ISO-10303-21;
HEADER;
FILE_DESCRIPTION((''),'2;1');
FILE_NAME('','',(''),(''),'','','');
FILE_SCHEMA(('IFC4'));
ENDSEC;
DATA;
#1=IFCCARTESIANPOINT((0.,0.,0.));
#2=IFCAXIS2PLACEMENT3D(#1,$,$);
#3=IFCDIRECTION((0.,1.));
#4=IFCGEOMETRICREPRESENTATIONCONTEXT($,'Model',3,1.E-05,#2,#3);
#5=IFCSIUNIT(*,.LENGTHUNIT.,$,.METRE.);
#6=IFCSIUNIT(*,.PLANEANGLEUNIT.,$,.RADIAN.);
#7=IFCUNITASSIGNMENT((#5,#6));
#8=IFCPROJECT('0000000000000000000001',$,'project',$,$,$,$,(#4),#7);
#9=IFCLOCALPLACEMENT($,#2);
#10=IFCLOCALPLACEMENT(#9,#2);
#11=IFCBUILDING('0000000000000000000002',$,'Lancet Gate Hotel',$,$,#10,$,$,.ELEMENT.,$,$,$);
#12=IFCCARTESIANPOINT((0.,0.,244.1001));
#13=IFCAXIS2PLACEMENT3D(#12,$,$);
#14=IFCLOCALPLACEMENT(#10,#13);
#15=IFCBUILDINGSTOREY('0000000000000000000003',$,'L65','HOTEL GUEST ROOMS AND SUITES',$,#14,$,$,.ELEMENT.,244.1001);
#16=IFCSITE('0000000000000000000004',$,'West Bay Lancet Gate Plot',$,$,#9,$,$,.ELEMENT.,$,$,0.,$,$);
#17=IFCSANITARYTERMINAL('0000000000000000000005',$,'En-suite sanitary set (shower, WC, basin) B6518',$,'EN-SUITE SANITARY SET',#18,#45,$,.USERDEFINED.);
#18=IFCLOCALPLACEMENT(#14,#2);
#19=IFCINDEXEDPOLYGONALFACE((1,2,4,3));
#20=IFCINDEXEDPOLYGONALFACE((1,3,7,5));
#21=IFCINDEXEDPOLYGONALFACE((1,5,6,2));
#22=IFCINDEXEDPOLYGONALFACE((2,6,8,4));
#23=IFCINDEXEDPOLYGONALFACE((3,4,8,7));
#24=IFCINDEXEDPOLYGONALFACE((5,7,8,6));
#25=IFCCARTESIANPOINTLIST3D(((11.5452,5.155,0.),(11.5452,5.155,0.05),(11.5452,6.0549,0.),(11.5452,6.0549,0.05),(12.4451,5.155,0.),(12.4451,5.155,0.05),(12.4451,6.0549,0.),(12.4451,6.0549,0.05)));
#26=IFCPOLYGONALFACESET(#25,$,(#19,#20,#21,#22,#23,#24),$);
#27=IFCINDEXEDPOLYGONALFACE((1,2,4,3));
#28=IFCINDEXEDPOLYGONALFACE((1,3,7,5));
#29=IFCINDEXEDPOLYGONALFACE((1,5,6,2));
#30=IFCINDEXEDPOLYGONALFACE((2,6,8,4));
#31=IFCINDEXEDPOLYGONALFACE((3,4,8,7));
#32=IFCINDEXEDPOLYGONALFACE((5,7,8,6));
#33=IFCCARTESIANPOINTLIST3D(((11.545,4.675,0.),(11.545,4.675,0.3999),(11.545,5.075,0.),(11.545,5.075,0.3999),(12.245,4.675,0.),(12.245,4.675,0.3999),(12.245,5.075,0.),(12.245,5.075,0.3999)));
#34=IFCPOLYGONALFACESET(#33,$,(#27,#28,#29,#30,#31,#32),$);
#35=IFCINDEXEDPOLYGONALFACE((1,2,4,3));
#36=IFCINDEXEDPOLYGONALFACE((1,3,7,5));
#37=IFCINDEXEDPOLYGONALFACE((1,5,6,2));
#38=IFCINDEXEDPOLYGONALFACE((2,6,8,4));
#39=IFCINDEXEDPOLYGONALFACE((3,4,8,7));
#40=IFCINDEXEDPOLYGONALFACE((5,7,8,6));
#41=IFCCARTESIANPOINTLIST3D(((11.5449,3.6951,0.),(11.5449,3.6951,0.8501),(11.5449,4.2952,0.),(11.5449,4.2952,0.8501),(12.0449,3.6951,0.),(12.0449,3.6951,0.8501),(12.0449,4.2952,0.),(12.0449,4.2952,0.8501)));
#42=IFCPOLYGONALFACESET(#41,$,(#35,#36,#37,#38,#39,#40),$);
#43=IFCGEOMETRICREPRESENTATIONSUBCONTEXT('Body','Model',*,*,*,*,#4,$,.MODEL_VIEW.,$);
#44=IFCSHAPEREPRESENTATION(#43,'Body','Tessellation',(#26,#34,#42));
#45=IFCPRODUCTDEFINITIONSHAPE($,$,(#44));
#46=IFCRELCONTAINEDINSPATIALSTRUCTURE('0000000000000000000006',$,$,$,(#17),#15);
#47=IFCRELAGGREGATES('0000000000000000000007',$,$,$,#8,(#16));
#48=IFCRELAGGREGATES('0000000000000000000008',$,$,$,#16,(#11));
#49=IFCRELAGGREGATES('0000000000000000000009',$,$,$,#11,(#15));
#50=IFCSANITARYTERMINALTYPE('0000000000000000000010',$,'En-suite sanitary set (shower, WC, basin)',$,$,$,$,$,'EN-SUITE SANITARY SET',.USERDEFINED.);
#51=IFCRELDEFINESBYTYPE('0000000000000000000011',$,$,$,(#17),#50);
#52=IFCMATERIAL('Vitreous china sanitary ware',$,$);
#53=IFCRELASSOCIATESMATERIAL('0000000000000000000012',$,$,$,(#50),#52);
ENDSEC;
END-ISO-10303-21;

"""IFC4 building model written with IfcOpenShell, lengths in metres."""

from ifc_helpers import new_model, si_unit, direction, frame, origin, origin_2d, place, context, subcontext, project, spatial, rectangle, extrude, material, type_object, element, save


model = new_model("IFC4")

# Units and contexts
model_context = context("Model", 3, precision=1e-05, world=origin(), true_north=direction((0.0, 1.0)))
body_context = subcontext(model_context, "Body", "Model", "MODEL_VIEW")
ifc_project = project(units=[si_unit("LENGTHUNIT", "METRE"), si_unit("PLANEANGLEUNIT", "RADIAN")], contexts=[model_context])

# Site, building, storey
site_placement = place(None, origin())
site = spatial("IfcSite", under=ifc_project, at=site_placement, Name="West Bay Lancet Gate Plot", CompositionType="ELEMENT", RefElevation=0.0)
building_placement = place(site_placement, origin())
building = spatial("IfcBuilding", under=site, at=building_placement, Name="Lancet Gate Hotel", CompositionType="ELEMENT")
storey_placement = place(building_placement, frame((0.0, 0.0, 244.1001)))
storey = spatial("IfcBuildingStorey", under=building, at=storey_placement, Name="L65", Description="HOTEL GUEST ROOMS AND SUITES", CompositionType="ELEMENT", Elevation=244.1001)

# Sanitary terminal
ifc_material_1 = material(Name="Vitreous china sanitary ware")
sanitary_terminal_type = type_object("IfcSanitaryTerminalType", Name="En-suite sanitary set (shower, WC, basin)", ElementType="EN-SUITE SANITARY SET", PredefinedType="USERDEFINED", material=ifc_material_1)
sanitary_terminal_placement = place(storey_placement, frame((11.9951, 5.605, 0.0), z_axis=(0.0, 0.0, 1.0), x_axis=(1.0, 0.0, 0.0)))
element("IfcSanitaryTerminal", 1, at=sanitary_terminal_placement, inside=storey, type_object=sanitary_terminal_type, Name="En-suite sanitary set (shower, WC, basin) B6518", ObjectType="EN-SUITE SANITARY SET", PredefinedType="USERDEFINED", context=body_context, shape_type="SweptSolid", body=[
    extrude(rectangle(XDim=0.8999, YDim=0.8999, at=origin_2d()), frame((0.0, 0.0, 0.0), z_axis=(0.0, 0.0, 1.0), x_axis=(0.0, 1.0, 0.0)), (0.0, 0.0, 1.0), 0.05),
    extrude(rectangle(XDim=0.3999, YDim=0.7, at=origin_2d()), frame((-0.1001, -0.73, 0.0), z_axis=(0.0, 0.0, 1.0), x_axis=(0.0, 1.0, 0.0)), (0.0, 0.0, 1.0), 0.3999),
    extrude(rectangle(XDim=0.6001, YDim=0.5, at=origin_2d()), frame((-0.2002, -1.6099, 0.0), z_axis=(0.0, 0.0, 1.0), x_axis=(0.0, 1.0, 0.0)), (0.0, 0.0, 1.0), 0.8501),
])

save(model, "model.ifc")
